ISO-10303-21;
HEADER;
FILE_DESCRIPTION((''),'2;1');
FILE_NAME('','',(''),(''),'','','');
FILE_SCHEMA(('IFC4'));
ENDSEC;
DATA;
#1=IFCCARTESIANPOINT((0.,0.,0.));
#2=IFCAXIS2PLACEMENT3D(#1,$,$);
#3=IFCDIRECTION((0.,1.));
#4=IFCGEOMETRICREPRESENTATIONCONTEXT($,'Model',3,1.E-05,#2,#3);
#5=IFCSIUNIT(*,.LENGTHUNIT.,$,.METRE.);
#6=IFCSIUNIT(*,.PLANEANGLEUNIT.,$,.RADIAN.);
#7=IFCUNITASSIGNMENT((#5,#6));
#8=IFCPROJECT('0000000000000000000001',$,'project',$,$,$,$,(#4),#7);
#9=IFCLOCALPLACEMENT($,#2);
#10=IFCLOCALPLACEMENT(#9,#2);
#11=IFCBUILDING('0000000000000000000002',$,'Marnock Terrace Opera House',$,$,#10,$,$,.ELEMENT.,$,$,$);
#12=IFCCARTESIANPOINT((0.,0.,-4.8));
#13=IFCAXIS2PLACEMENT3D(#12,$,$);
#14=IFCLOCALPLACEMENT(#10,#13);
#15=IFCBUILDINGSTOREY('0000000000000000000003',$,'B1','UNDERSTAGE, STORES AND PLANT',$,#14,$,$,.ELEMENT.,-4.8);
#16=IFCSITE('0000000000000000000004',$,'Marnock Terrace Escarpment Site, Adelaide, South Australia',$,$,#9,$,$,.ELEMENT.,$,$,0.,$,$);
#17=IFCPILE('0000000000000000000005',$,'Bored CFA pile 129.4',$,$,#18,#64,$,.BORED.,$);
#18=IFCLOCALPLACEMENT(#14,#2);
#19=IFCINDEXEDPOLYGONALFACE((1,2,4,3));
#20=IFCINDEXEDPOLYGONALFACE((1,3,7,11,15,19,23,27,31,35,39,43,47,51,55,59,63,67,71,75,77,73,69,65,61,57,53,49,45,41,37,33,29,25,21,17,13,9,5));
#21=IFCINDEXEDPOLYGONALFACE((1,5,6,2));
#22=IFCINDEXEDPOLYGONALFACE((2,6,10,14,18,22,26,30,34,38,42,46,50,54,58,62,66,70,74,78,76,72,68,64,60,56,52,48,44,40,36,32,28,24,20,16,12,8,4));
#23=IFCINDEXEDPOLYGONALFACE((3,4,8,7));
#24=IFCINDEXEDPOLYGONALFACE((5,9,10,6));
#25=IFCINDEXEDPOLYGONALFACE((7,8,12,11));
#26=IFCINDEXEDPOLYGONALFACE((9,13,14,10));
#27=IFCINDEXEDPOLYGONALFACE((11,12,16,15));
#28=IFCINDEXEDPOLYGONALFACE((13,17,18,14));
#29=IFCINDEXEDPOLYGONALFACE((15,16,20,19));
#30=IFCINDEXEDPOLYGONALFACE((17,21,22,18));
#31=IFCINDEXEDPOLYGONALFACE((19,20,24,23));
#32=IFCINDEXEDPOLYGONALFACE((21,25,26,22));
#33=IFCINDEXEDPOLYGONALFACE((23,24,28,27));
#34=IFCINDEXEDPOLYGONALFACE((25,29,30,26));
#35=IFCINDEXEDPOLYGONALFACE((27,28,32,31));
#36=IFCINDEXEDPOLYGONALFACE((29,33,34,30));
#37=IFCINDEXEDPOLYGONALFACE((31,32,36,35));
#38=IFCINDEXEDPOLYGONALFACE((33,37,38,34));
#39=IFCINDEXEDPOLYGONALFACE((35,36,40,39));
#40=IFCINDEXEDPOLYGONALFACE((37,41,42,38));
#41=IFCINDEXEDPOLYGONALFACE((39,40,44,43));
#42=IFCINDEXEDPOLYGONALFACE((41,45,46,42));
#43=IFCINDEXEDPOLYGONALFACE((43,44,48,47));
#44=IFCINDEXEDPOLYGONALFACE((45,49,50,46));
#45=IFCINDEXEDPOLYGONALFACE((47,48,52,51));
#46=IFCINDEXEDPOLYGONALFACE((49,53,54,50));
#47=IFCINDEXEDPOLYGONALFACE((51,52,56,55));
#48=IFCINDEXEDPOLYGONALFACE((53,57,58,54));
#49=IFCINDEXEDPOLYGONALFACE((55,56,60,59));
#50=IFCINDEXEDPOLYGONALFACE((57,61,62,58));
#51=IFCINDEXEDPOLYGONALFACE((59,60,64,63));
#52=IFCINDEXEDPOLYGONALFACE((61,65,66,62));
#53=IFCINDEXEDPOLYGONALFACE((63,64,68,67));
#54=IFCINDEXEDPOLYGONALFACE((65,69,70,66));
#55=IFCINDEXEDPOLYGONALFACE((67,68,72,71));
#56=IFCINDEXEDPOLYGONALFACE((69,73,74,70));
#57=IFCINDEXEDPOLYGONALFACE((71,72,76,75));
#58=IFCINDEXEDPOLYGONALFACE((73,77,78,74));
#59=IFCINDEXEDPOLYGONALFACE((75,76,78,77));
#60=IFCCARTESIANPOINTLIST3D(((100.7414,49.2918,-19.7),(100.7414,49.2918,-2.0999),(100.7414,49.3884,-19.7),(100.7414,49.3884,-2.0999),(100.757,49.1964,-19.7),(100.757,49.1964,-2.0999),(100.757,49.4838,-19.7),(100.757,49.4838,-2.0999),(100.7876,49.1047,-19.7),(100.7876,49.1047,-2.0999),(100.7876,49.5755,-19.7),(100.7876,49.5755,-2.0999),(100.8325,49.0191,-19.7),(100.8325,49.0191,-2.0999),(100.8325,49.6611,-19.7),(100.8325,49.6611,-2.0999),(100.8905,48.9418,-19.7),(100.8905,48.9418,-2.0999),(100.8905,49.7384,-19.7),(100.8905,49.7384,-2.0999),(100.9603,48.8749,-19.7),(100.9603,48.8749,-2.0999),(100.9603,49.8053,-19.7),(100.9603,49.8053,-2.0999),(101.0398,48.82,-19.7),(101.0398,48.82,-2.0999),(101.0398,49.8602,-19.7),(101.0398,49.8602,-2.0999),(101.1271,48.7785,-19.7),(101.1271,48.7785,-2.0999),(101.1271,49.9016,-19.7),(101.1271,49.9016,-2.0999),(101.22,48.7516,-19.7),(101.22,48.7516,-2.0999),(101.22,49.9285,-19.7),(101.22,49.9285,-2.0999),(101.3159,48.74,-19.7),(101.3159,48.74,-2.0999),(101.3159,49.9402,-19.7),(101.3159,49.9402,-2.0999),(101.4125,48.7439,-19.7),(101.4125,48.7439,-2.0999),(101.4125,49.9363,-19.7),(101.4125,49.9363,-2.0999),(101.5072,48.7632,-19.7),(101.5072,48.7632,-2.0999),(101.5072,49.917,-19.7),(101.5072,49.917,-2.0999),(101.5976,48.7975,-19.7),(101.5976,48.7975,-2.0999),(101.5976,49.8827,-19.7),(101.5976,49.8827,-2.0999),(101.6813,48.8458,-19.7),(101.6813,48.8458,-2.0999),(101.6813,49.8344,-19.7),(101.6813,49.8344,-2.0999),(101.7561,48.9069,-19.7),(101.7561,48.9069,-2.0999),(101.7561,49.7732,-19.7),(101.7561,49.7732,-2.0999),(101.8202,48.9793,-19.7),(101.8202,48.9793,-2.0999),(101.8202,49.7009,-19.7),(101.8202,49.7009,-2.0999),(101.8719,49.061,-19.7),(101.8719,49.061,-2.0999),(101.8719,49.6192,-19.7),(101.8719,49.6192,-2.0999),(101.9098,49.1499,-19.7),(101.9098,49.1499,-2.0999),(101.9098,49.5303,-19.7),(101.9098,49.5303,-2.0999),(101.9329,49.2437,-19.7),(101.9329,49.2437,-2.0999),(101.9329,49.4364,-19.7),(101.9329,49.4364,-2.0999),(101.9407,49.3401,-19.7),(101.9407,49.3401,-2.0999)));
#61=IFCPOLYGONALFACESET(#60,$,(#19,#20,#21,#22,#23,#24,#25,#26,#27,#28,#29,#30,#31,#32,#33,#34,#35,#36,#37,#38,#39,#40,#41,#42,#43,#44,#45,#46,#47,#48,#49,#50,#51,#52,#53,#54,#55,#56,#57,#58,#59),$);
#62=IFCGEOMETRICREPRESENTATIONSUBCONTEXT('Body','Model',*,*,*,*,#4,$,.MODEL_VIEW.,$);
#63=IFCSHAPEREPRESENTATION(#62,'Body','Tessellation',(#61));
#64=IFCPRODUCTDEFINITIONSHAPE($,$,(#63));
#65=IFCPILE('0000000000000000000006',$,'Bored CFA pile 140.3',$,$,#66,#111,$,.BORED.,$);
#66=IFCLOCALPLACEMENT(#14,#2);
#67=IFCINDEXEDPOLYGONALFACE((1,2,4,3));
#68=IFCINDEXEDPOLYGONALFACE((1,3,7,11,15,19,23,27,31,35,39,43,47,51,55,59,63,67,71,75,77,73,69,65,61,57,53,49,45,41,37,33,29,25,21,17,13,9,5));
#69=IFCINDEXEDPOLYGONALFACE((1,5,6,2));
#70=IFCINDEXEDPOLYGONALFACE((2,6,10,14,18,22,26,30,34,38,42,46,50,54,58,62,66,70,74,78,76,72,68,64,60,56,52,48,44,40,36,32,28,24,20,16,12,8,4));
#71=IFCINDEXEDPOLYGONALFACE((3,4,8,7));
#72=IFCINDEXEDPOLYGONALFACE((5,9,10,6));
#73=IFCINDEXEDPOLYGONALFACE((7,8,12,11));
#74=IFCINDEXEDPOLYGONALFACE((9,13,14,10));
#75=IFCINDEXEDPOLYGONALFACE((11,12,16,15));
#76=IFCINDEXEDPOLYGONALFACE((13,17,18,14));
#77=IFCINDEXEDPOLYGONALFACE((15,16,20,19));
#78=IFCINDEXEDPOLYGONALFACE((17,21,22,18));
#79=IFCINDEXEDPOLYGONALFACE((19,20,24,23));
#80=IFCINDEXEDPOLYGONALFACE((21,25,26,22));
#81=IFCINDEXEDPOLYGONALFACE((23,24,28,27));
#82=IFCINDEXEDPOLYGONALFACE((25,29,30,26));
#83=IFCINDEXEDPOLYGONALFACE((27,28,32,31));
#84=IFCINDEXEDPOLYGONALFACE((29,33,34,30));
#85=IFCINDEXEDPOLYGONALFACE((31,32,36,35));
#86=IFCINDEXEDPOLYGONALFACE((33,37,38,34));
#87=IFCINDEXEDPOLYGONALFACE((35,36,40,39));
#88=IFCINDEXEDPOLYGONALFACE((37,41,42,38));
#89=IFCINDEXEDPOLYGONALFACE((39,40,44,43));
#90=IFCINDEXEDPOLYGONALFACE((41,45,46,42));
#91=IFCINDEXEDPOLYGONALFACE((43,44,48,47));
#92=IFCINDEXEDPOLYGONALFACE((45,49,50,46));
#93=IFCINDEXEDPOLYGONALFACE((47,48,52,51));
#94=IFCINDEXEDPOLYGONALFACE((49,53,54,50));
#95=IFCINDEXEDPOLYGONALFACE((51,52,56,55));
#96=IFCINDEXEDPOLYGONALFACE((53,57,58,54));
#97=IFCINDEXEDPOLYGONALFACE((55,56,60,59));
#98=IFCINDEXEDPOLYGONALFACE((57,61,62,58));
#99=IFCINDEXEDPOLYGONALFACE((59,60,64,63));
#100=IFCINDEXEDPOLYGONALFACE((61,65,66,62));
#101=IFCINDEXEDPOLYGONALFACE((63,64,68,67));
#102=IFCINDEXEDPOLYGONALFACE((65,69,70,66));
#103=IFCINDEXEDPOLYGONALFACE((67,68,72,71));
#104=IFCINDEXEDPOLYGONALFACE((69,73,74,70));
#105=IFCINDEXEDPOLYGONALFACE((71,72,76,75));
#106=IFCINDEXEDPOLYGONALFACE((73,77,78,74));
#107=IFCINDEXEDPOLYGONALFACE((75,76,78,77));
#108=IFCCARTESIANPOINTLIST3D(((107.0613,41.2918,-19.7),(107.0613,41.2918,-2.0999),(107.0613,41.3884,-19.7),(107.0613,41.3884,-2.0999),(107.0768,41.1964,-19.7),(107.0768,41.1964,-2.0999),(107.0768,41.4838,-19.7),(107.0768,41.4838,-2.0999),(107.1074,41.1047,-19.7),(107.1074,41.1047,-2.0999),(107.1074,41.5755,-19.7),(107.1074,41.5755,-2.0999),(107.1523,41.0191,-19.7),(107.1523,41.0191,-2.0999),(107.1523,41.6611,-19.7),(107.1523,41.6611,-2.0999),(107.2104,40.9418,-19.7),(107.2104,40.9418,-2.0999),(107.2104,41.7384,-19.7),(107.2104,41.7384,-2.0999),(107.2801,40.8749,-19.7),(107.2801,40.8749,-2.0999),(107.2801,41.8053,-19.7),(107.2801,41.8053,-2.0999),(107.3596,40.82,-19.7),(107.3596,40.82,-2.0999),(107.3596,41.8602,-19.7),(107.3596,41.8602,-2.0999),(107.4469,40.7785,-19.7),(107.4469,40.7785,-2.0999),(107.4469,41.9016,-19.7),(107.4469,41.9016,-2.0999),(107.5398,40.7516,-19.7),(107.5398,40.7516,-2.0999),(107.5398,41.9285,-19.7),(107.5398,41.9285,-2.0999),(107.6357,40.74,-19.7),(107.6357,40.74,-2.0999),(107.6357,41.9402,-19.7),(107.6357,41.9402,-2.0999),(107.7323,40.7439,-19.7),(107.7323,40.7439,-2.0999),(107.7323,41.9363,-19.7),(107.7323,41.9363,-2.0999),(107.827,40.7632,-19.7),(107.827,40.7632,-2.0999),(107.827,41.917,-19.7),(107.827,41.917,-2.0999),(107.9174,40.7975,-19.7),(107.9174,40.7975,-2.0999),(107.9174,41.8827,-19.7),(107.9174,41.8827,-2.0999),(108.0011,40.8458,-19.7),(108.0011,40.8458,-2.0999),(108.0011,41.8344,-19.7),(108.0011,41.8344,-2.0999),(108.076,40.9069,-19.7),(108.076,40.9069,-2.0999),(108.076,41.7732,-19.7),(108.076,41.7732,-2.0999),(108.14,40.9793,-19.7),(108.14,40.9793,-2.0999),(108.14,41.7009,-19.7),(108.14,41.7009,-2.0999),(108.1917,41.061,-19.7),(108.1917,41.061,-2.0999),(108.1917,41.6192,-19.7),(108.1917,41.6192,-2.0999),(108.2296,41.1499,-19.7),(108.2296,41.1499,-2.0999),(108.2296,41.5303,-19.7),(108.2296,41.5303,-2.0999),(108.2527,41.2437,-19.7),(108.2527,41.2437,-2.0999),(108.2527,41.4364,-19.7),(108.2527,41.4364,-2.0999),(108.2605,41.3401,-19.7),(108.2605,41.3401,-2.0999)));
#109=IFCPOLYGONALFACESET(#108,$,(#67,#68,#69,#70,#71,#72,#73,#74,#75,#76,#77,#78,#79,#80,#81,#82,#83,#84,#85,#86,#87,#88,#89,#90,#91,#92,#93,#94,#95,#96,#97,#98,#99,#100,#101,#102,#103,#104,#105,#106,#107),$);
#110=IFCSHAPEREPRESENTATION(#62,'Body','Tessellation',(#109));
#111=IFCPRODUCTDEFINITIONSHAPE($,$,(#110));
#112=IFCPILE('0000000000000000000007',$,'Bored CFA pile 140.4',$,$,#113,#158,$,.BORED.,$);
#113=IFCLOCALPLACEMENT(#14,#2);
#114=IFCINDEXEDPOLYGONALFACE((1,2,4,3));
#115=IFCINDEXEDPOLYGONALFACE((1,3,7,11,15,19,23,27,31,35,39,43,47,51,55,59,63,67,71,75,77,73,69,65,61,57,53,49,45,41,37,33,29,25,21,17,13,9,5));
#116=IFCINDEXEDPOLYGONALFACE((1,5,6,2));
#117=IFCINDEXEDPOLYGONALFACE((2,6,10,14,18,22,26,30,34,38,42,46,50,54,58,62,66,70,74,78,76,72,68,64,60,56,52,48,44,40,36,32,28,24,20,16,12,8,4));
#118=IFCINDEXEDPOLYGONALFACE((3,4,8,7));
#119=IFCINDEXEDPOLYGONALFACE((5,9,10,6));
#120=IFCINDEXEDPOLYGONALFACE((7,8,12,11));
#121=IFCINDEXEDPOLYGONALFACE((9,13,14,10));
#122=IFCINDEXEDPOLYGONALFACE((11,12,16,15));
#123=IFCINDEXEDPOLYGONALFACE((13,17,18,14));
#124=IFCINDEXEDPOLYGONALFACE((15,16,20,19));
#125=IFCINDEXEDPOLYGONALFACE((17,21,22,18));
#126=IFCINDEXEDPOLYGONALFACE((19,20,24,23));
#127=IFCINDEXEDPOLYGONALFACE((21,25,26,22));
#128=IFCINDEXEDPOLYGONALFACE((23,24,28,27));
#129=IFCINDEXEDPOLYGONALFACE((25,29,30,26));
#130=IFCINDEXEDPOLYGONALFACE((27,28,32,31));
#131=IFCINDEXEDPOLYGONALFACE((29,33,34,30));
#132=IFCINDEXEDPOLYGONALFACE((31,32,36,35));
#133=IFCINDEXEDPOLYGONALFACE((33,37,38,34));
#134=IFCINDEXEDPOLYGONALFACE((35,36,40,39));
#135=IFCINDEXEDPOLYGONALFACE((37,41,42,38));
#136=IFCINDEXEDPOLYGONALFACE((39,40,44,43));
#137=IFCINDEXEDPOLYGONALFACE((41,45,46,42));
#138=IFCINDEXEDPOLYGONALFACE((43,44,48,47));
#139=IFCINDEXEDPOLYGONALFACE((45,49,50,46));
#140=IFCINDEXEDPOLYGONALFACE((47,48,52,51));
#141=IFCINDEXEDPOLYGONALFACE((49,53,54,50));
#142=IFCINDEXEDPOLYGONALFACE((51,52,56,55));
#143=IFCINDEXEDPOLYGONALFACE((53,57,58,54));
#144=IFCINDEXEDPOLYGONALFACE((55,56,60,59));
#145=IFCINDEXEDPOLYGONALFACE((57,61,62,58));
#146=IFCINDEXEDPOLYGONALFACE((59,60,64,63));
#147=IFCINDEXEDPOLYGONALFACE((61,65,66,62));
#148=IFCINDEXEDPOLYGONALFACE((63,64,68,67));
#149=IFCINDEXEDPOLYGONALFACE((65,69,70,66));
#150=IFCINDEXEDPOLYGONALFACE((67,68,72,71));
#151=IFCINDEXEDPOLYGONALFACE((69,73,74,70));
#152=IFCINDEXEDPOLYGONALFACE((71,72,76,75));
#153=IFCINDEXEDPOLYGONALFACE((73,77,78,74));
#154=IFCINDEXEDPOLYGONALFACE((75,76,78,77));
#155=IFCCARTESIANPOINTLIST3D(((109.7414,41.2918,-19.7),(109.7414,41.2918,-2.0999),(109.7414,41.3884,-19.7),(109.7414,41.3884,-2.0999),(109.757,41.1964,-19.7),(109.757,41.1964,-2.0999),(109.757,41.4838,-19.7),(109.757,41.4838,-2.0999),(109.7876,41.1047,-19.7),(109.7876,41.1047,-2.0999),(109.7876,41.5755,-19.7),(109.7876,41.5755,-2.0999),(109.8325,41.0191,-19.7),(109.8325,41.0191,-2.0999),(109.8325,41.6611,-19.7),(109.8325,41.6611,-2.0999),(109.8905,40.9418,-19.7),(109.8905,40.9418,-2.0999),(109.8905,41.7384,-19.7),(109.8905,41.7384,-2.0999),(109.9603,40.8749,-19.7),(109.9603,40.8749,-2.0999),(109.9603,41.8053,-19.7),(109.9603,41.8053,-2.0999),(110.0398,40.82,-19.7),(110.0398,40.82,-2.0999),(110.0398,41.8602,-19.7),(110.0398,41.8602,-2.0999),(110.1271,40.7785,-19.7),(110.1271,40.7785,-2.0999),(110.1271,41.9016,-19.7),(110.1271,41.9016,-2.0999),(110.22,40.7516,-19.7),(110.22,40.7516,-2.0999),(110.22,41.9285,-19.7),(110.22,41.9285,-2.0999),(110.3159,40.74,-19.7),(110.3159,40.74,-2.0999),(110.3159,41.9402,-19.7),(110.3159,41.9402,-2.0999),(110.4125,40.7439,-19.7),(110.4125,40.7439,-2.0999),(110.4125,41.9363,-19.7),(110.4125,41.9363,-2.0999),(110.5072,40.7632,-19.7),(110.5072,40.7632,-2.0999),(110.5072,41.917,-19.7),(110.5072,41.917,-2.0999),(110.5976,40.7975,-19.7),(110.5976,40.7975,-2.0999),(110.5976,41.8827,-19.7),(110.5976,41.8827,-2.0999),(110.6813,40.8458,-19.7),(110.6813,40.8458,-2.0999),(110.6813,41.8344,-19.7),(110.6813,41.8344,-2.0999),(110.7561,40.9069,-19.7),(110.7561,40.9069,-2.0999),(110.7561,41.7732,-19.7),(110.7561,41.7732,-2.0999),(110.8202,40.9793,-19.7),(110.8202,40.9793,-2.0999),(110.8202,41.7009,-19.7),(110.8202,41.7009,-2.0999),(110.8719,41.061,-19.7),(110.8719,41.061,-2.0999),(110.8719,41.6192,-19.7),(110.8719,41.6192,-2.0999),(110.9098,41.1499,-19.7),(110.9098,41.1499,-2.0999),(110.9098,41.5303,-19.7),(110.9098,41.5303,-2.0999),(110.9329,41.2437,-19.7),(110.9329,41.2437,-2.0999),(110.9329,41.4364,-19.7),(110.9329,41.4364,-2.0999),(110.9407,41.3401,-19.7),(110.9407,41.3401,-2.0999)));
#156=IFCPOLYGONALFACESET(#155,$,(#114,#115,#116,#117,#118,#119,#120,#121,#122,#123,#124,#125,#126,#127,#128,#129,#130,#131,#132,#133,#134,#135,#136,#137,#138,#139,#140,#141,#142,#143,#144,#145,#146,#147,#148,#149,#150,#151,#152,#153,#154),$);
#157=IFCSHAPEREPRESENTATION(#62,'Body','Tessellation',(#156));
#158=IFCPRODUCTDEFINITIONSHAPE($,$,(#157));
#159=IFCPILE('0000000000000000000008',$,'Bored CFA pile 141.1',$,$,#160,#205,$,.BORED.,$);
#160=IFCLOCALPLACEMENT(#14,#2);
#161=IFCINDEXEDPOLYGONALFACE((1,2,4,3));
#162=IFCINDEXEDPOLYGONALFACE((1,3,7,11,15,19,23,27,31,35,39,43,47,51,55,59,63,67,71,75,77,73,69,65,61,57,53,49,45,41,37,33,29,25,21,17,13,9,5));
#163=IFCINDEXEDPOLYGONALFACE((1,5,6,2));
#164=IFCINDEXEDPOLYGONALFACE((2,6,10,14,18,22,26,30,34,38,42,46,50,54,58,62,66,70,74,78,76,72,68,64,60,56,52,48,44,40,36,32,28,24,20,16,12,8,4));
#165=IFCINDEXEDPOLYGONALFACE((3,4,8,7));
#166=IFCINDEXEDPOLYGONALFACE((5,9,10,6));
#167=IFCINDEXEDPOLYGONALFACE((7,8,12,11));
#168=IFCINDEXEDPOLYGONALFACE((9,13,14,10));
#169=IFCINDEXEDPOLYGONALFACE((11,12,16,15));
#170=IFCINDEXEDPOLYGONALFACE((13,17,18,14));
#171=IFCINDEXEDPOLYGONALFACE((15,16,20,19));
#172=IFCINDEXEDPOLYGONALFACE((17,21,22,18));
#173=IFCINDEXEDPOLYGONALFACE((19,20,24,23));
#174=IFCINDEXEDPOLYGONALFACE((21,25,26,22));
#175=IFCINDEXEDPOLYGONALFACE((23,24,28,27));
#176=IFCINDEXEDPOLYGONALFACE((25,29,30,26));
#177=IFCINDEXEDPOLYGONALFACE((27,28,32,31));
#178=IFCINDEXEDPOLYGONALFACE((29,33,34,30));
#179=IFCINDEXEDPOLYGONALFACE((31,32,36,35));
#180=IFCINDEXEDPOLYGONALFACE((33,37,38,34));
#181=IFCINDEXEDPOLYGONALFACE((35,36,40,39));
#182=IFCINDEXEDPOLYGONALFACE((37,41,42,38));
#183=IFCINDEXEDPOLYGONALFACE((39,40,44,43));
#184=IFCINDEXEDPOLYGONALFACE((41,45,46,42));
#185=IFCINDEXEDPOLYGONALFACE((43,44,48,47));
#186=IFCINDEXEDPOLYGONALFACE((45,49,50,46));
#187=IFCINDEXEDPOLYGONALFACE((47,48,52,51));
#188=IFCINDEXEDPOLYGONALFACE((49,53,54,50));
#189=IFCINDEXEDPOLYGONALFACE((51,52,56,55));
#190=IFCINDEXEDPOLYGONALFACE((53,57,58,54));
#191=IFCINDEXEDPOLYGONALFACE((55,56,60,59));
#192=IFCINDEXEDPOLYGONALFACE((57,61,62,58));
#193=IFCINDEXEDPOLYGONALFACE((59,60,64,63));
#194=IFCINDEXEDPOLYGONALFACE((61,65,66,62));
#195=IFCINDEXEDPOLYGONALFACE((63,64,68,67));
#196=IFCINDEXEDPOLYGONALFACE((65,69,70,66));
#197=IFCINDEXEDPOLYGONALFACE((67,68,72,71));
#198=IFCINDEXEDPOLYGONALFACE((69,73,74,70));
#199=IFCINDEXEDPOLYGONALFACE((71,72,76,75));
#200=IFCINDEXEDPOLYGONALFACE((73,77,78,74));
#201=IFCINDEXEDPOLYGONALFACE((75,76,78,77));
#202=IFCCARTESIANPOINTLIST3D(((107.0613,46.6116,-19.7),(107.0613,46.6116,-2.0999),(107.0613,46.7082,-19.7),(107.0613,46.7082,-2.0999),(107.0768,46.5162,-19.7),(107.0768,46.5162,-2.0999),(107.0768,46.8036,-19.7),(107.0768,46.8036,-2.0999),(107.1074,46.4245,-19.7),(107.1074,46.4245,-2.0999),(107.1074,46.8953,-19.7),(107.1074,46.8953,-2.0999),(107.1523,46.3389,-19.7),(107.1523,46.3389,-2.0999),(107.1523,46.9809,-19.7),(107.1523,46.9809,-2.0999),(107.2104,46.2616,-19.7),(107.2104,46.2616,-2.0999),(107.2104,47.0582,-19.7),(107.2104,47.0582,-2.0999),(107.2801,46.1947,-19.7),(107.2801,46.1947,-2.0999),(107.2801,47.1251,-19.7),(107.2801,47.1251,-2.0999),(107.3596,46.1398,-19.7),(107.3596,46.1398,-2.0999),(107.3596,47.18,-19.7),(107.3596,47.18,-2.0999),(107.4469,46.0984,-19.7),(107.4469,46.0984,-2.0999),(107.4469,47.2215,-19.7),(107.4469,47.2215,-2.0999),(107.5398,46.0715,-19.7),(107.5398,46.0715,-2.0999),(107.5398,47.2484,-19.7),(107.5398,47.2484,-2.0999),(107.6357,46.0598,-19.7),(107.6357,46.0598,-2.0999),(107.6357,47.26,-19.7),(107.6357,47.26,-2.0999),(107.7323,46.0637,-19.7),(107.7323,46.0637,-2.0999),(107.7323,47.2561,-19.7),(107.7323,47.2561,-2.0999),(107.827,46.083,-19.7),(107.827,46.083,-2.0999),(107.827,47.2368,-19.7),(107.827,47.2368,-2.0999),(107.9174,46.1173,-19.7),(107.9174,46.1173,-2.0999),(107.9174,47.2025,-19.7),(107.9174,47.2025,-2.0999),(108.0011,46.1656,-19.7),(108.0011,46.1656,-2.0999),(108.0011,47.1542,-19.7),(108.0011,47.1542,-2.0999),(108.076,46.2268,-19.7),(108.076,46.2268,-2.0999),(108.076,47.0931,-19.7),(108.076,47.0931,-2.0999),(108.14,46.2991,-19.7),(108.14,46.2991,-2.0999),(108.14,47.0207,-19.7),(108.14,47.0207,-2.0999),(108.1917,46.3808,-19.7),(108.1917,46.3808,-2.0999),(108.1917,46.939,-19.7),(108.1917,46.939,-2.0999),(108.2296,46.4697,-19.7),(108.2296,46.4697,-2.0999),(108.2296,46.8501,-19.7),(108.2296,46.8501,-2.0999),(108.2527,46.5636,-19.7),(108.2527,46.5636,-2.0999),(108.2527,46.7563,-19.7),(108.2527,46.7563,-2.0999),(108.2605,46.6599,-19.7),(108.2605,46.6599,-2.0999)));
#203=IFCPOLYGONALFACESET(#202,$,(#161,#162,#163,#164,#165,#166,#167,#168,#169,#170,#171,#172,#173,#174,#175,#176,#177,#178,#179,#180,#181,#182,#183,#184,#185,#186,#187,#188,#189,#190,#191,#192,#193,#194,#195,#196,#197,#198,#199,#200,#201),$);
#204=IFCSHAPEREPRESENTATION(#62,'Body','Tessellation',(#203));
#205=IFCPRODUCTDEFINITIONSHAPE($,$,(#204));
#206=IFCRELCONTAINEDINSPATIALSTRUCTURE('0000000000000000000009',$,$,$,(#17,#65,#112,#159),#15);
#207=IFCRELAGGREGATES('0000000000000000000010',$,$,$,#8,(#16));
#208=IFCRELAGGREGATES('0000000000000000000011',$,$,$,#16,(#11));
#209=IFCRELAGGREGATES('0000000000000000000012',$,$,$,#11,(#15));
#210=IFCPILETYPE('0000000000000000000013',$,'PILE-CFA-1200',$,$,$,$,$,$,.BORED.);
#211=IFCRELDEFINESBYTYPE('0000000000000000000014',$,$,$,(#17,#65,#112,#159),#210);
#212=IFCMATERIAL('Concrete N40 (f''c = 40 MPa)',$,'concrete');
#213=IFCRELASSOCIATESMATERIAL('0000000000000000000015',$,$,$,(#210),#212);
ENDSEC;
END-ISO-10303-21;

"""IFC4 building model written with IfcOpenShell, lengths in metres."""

from ifc_helpers import new_model, si_unit, direction, frame, origin, origin_2d, place, context, subcontext, project, spatial, circle, extrude, material, material_profile, profile_set, type_object, element, save


model = new_model("IFC4")

# Units and contexts
model_context = context("Model", 3, precision=1e-05, world=origin(), true_north=direction((0.0, 1.0)))
body_context = subcontext(model_context, "Body", "Model", "MODEL_VIEW")
ifc_project = project(units=[si_unit("LENGTHUNIT", "METRE"), si_unit("PLANEANGLEUNIT", "RADIAN")], contexts=[model_context])

# Site, building, storey
site_placement = place(None, origin())
site = spatial("IfcSite", under=ifc_project, at=site_placement, Name="Marnock Terrace Escarpment Site, Adelaide, South Australia", CompositionType="ELEMENT", RefElevation=0.0)
building_placement = place(site_placement, origin())
building = spatial("IfcBuilding", under=site, at=building_placement, Name="Marnock Terrace Opera House", CompositionType="ELEMENT")
storey_placement = place(building_placement, frame((0.0, 0.0, -4.8)))
storey = spatial("IfcBuildingStorey", under=building, at=storey_placement, Name="B1", Description="UNDERSTAGE, STORES AND PLANT", CompositionType="ELEMENT", Elevation=-4.8)

# Shared definitions
ifc_material_1 = material(Name="Concrete N40 (f'c = 40 MPa)", Category="concrete")

# Piles
ifc_material_profile_1 = material_profile(ifc_material_1, circle(Radius=0.6006, at=origin_2d()))
ifc_profile_set_1 = profile_set([ifc_material_profile_1], Name="Concrete N40 (f'c = 40 MPa)")
pile_type = type_object("IfcPileType", Name="PILE-CFA-1200", PredefinedType="BORED", material=ifc_profile_set_1)
for number, where, z_axis, x_axis, name in (
    (1, (101.3401, 49.3401, -2.0999), (0.0, 0.0, -1.0), (1.0, 0.0, 0.0), "Bored CFA pile 129.4"),
    (2, (107.6599, 41.3401, -2.0999), (0.0, 0.0, -1.0), (1.0, 0.0, 0.0), "Bored CFA pile 140.3"),
    (3, (110.3401, 41.3401, -2.0999), (0.0, 0.0, -1.0), (1.0, 0.0, 0.0), "Bored CFA pile 140.4"),
    (4, (107.6599, 46.6599, -2.0999), (0.0, 0.0, -1.0), (1.0, 0.0, 0.0), "Bored CFA pile 141.1"),
):
    element("IfcPile", number, at=place(storey_placement, frame(where, z_axis=z_axis, x_axis=x_axis)), inside=storey, type_object=pile_type, Name=name, PredefinedType="BORED", context=body_context, shape_type="SweptSolid", body=[
        extrude(circle(Radius=0.6006, at=origin_2d()), origin(), (0.0, 0.0, 1.0), 17.6001),
    ])

save(model, "model.ifc")
